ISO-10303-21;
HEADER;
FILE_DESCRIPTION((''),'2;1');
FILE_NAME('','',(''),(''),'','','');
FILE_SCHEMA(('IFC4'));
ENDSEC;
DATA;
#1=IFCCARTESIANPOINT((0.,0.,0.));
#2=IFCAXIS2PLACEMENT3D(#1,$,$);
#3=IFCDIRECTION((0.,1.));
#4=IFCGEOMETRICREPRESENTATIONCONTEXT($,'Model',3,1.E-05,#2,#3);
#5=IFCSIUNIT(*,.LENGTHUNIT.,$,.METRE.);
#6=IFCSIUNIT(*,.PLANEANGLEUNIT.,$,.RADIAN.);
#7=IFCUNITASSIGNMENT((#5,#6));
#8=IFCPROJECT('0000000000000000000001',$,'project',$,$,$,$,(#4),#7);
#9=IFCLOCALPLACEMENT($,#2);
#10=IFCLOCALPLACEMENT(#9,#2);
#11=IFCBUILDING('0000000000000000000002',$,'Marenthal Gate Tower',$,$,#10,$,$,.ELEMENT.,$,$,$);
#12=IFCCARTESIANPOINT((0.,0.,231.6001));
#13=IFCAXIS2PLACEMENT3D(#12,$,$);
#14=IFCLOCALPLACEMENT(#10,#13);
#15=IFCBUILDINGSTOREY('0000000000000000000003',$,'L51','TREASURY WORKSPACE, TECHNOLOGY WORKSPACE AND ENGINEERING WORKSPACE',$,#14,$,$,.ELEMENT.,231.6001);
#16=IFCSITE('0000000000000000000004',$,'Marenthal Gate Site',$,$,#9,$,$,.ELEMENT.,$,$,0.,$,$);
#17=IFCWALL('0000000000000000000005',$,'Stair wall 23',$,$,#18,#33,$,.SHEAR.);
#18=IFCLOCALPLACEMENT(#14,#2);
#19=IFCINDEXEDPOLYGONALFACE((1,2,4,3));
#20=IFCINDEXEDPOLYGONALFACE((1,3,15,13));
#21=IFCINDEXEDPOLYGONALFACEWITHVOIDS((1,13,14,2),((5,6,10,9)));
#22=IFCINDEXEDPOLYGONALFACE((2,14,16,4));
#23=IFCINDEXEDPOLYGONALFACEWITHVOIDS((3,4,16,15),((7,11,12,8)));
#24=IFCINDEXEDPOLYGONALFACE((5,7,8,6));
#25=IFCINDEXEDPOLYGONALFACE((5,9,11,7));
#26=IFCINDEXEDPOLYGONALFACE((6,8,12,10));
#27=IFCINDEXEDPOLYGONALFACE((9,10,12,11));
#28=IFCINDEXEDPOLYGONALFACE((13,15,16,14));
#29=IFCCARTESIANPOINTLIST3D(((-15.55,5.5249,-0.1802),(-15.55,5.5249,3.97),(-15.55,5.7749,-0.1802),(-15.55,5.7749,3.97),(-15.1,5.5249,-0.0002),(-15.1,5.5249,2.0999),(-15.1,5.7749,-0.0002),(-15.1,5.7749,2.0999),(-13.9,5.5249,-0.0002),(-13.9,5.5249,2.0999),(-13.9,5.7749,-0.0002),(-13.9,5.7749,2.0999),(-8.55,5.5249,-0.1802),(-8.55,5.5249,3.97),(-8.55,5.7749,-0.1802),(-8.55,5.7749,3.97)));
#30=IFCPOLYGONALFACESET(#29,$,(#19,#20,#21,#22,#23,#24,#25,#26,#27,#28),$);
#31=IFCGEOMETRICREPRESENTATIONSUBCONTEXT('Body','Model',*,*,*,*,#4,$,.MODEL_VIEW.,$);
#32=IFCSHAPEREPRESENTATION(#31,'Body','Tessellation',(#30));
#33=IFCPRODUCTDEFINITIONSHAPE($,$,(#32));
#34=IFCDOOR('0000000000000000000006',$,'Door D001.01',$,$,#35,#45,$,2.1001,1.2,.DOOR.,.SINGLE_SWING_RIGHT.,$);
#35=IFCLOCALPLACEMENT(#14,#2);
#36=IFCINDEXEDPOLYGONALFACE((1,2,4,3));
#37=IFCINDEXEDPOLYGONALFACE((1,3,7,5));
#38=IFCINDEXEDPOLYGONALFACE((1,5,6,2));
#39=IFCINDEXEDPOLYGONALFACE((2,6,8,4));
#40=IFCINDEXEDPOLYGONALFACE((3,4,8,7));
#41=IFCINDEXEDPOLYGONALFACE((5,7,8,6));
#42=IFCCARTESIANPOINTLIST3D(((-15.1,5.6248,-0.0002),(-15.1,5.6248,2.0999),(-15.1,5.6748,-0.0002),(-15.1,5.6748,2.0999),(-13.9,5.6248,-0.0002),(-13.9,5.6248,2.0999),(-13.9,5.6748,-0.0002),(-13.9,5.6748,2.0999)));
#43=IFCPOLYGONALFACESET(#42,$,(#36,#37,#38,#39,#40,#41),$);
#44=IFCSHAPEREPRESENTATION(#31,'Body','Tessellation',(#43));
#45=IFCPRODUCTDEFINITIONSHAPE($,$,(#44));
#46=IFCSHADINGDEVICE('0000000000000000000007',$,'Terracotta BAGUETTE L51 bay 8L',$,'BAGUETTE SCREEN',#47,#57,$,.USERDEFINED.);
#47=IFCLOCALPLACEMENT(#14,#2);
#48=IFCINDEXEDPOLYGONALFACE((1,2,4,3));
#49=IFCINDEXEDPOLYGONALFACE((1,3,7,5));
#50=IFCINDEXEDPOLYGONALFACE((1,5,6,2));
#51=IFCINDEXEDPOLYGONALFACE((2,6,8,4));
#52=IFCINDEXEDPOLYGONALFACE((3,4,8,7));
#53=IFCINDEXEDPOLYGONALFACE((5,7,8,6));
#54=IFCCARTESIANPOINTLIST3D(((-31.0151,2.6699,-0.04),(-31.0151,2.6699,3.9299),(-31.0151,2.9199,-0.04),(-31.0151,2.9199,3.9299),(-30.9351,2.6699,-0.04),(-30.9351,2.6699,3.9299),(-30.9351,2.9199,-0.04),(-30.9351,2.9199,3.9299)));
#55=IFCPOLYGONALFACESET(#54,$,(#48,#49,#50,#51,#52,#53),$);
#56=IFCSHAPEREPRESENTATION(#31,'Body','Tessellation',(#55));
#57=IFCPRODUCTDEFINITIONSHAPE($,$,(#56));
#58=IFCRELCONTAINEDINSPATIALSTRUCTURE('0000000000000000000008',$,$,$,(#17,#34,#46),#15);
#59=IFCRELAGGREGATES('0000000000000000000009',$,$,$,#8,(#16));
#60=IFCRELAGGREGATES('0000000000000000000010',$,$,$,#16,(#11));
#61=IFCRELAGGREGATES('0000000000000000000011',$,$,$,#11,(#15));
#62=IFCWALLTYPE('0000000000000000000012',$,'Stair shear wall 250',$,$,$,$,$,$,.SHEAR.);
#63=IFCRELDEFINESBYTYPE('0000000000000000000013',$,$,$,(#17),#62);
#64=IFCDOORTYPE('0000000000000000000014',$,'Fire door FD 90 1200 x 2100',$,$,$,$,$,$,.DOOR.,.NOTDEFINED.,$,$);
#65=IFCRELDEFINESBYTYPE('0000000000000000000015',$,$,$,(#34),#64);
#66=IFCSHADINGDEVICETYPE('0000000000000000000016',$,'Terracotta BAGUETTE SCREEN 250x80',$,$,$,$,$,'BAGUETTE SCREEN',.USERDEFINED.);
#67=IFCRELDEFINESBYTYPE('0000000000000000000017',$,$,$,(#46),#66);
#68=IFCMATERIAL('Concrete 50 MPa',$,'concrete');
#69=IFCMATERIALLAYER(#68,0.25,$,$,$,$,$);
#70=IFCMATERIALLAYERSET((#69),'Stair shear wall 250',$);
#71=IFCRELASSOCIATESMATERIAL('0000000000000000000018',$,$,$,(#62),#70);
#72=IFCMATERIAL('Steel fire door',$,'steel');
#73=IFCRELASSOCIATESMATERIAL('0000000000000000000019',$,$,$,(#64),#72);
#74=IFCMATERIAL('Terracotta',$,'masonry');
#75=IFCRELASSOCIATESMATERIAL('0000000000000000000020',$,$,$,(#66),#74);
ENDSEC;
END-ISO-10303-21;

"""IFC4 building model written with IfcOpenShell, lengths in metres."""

from ifc_helpers import new_model, si_unit, direction, frame, frame_2d, origin, origin_2d, place, context, subcontext, project, spatial, rectangle, extrude, material, layer, layer_set, material_profile, profile_set, type_object, element, fill, save


model = new_model("IFC4")

# Units and contexts
model_context = context("Model", 3, precision=1e-05, world=origin(), true_north=direction((0.0, 1.0)))
body_context = subcontext(model_context, "Body", "Model", "MODEL_VIEW")
ifc_project = project(units=[si_unit("LENGTHUNIT", "METRE"), si_unit("PLANEANGLEUNIT", "RADIAN")], contexts=[model_context])

# Site, building, storey
site_placement = place(None, origin())
site = spatial("IfcSite", under=ifc_project, at=site_placement, Name="Marenthal Gate Site", CompositionType="ELEMENT", RefElevation=0.0)
building_placement = place(site_placement, origin())
building = spatial("IfcBuilding", under=site, at=building_placement, Name="Marenthal Gate Tower", CompositionType="ELEMENT")
storey_placement = place(building_placement, frame((0.0, 0.0, 231.6001)))
storey = spatial("IfcBuildingStorey", under=building, at=storey_placement, Name="L51", Description="TREASURY WORKSPACE, TECHNOLOGY WORKSPACE AND ENGINEERING WORKSPACE", CompositionType="ELEMENT", Elevation=231.6001)

# Wall, opening, door
ifc_material_1 = material(Name="Concrete 50 MPa", Category="concrete")
ifc_layer_1 = layer(ifc_material_1, 0.25)
ifc_layer_set_1 = layer_set([ifc_layer_1], Name="Stair shear wall 250")
wall_type_1 = type_object("IfcWallType", Name="Stair shear wall 250", PredefinedType="SHEAR", material=ifc_layer_set_1)
wall_1_placement = place(storey_placement, frame((-15.55, 5.6499, -0.1802), z_axis=(0.0, 0.0, 1.0), x_axis=(1.0, 0.0, 0.0)))
wall_1 = element("IfcWall", 1, at=wall_1_placement, inside=storey, type_object=wall_type_1, Name="Stair wall 23", PredefinedType="SHEAR", context=body_context, shape_type="SweptSolid", body=[
    extrude(rectangle(XDim=7.0, YDim=0.25, at=frame_2d((3.5, 0.0))), origin(), (0.0, 0.0, 1.0), 4.1501),
])
opening_1_placement = place(wall_1_placement, frame((0.45, 0.0, 0.1799)))
opening_1 = element("IfcOpeningElement", 2, at=opening_1_placement, cuts=wall_1, PredefinedType="OPENING", context=body_context, shape_type="SweptSolid", body=[
    extrude(rectangle(XDim=1.2, YDim=2.1001, at=frame_2d((0.6001, 1.05))), frame((0.0, 0.135, 0.0), z_axis=(0.0, -1.0, 0.0), x_axis=(1.0, 0.0, 0.0)), (0.0, 0.0, 1.0), 0.27),
])
ifc_material_2 = material(Name="Steel fire door", Category="steel")
door_type_1 = type_object("IfcDoorType", Name="Fire door FD 90 1200 x 2100", OperationType="NOTDEFINED", PredefinedType="DOOR", material=ifc_material_2)
door_1_placement = place(opening_1_placement, origin())
door_1 = element("IfcDoor", 3, at=door_1_placement, inside=storey, type_object=door_type_1, Name="Door D001.01", OperationType="SINGLE_SWING_RIGHT", OverallHeight=2.1001, OverallWidth=1.2, PredefinedType="DOOR", context=body_context, shape_type="SweptSolid", body=[
    extrude(rectangle(XDim=1.2, YDim=2.1001, at=frame_2d((0.6001, 1.05))), frame((0.0, 0.0249, 0.0), z_axis=(0.0, -1.0, 0.0), x_axis=(1.0, 0.0, 0.0)), (0.0, 0.0, 1.0), 0.05),
])
fill(opening_1, door_1)

# Shading device
ifc_material_3 = material(Name="Terracotta", Category="masonry")
ifc_material_profile_1 = material_profile(ifc_material_3, rectangle(XDim=0.25, YDim=0.0801, at=origin_2d()), Name="Terracotta baguette 250x80")
ifc_profile_set_1 = profile_set([ifc_material_profile_1], Name="Terracotta")
shading_device_type = type_object("IfcShadingDeviceType", Name="Terracotta BAGUETTE SCREEN 250x80", ElementType="BAGUETTE SCREEN", PredefinedType="USERDEFINED", material=ifc_profile_set_1)
shading_device_placement = place(storey_placement, frame((-30.9751, 2.7949, -0.04), z_axis=(0.0, 0.0, 1.0), x_axis=(0.0, -1.0, 0.0)))
element("IfcShadingDevice", 4, at=shading_device_placement, inside=storey, type_object=shading_device_type, Name="Terracotta BAGUETTE L51 bay 8L", ObjectType="BAGUETTE SCREEN", PredefinedType="USERDEFINED", context=body_context, shape_type="SweptSolid", body=[
    extrude(rectangle(XDim=0.25, YDim=0.0801, at=origin_2d()), origin(), (0.0, 0.0, 1.0), 3.97),
])

save(model, "model.ifc")
